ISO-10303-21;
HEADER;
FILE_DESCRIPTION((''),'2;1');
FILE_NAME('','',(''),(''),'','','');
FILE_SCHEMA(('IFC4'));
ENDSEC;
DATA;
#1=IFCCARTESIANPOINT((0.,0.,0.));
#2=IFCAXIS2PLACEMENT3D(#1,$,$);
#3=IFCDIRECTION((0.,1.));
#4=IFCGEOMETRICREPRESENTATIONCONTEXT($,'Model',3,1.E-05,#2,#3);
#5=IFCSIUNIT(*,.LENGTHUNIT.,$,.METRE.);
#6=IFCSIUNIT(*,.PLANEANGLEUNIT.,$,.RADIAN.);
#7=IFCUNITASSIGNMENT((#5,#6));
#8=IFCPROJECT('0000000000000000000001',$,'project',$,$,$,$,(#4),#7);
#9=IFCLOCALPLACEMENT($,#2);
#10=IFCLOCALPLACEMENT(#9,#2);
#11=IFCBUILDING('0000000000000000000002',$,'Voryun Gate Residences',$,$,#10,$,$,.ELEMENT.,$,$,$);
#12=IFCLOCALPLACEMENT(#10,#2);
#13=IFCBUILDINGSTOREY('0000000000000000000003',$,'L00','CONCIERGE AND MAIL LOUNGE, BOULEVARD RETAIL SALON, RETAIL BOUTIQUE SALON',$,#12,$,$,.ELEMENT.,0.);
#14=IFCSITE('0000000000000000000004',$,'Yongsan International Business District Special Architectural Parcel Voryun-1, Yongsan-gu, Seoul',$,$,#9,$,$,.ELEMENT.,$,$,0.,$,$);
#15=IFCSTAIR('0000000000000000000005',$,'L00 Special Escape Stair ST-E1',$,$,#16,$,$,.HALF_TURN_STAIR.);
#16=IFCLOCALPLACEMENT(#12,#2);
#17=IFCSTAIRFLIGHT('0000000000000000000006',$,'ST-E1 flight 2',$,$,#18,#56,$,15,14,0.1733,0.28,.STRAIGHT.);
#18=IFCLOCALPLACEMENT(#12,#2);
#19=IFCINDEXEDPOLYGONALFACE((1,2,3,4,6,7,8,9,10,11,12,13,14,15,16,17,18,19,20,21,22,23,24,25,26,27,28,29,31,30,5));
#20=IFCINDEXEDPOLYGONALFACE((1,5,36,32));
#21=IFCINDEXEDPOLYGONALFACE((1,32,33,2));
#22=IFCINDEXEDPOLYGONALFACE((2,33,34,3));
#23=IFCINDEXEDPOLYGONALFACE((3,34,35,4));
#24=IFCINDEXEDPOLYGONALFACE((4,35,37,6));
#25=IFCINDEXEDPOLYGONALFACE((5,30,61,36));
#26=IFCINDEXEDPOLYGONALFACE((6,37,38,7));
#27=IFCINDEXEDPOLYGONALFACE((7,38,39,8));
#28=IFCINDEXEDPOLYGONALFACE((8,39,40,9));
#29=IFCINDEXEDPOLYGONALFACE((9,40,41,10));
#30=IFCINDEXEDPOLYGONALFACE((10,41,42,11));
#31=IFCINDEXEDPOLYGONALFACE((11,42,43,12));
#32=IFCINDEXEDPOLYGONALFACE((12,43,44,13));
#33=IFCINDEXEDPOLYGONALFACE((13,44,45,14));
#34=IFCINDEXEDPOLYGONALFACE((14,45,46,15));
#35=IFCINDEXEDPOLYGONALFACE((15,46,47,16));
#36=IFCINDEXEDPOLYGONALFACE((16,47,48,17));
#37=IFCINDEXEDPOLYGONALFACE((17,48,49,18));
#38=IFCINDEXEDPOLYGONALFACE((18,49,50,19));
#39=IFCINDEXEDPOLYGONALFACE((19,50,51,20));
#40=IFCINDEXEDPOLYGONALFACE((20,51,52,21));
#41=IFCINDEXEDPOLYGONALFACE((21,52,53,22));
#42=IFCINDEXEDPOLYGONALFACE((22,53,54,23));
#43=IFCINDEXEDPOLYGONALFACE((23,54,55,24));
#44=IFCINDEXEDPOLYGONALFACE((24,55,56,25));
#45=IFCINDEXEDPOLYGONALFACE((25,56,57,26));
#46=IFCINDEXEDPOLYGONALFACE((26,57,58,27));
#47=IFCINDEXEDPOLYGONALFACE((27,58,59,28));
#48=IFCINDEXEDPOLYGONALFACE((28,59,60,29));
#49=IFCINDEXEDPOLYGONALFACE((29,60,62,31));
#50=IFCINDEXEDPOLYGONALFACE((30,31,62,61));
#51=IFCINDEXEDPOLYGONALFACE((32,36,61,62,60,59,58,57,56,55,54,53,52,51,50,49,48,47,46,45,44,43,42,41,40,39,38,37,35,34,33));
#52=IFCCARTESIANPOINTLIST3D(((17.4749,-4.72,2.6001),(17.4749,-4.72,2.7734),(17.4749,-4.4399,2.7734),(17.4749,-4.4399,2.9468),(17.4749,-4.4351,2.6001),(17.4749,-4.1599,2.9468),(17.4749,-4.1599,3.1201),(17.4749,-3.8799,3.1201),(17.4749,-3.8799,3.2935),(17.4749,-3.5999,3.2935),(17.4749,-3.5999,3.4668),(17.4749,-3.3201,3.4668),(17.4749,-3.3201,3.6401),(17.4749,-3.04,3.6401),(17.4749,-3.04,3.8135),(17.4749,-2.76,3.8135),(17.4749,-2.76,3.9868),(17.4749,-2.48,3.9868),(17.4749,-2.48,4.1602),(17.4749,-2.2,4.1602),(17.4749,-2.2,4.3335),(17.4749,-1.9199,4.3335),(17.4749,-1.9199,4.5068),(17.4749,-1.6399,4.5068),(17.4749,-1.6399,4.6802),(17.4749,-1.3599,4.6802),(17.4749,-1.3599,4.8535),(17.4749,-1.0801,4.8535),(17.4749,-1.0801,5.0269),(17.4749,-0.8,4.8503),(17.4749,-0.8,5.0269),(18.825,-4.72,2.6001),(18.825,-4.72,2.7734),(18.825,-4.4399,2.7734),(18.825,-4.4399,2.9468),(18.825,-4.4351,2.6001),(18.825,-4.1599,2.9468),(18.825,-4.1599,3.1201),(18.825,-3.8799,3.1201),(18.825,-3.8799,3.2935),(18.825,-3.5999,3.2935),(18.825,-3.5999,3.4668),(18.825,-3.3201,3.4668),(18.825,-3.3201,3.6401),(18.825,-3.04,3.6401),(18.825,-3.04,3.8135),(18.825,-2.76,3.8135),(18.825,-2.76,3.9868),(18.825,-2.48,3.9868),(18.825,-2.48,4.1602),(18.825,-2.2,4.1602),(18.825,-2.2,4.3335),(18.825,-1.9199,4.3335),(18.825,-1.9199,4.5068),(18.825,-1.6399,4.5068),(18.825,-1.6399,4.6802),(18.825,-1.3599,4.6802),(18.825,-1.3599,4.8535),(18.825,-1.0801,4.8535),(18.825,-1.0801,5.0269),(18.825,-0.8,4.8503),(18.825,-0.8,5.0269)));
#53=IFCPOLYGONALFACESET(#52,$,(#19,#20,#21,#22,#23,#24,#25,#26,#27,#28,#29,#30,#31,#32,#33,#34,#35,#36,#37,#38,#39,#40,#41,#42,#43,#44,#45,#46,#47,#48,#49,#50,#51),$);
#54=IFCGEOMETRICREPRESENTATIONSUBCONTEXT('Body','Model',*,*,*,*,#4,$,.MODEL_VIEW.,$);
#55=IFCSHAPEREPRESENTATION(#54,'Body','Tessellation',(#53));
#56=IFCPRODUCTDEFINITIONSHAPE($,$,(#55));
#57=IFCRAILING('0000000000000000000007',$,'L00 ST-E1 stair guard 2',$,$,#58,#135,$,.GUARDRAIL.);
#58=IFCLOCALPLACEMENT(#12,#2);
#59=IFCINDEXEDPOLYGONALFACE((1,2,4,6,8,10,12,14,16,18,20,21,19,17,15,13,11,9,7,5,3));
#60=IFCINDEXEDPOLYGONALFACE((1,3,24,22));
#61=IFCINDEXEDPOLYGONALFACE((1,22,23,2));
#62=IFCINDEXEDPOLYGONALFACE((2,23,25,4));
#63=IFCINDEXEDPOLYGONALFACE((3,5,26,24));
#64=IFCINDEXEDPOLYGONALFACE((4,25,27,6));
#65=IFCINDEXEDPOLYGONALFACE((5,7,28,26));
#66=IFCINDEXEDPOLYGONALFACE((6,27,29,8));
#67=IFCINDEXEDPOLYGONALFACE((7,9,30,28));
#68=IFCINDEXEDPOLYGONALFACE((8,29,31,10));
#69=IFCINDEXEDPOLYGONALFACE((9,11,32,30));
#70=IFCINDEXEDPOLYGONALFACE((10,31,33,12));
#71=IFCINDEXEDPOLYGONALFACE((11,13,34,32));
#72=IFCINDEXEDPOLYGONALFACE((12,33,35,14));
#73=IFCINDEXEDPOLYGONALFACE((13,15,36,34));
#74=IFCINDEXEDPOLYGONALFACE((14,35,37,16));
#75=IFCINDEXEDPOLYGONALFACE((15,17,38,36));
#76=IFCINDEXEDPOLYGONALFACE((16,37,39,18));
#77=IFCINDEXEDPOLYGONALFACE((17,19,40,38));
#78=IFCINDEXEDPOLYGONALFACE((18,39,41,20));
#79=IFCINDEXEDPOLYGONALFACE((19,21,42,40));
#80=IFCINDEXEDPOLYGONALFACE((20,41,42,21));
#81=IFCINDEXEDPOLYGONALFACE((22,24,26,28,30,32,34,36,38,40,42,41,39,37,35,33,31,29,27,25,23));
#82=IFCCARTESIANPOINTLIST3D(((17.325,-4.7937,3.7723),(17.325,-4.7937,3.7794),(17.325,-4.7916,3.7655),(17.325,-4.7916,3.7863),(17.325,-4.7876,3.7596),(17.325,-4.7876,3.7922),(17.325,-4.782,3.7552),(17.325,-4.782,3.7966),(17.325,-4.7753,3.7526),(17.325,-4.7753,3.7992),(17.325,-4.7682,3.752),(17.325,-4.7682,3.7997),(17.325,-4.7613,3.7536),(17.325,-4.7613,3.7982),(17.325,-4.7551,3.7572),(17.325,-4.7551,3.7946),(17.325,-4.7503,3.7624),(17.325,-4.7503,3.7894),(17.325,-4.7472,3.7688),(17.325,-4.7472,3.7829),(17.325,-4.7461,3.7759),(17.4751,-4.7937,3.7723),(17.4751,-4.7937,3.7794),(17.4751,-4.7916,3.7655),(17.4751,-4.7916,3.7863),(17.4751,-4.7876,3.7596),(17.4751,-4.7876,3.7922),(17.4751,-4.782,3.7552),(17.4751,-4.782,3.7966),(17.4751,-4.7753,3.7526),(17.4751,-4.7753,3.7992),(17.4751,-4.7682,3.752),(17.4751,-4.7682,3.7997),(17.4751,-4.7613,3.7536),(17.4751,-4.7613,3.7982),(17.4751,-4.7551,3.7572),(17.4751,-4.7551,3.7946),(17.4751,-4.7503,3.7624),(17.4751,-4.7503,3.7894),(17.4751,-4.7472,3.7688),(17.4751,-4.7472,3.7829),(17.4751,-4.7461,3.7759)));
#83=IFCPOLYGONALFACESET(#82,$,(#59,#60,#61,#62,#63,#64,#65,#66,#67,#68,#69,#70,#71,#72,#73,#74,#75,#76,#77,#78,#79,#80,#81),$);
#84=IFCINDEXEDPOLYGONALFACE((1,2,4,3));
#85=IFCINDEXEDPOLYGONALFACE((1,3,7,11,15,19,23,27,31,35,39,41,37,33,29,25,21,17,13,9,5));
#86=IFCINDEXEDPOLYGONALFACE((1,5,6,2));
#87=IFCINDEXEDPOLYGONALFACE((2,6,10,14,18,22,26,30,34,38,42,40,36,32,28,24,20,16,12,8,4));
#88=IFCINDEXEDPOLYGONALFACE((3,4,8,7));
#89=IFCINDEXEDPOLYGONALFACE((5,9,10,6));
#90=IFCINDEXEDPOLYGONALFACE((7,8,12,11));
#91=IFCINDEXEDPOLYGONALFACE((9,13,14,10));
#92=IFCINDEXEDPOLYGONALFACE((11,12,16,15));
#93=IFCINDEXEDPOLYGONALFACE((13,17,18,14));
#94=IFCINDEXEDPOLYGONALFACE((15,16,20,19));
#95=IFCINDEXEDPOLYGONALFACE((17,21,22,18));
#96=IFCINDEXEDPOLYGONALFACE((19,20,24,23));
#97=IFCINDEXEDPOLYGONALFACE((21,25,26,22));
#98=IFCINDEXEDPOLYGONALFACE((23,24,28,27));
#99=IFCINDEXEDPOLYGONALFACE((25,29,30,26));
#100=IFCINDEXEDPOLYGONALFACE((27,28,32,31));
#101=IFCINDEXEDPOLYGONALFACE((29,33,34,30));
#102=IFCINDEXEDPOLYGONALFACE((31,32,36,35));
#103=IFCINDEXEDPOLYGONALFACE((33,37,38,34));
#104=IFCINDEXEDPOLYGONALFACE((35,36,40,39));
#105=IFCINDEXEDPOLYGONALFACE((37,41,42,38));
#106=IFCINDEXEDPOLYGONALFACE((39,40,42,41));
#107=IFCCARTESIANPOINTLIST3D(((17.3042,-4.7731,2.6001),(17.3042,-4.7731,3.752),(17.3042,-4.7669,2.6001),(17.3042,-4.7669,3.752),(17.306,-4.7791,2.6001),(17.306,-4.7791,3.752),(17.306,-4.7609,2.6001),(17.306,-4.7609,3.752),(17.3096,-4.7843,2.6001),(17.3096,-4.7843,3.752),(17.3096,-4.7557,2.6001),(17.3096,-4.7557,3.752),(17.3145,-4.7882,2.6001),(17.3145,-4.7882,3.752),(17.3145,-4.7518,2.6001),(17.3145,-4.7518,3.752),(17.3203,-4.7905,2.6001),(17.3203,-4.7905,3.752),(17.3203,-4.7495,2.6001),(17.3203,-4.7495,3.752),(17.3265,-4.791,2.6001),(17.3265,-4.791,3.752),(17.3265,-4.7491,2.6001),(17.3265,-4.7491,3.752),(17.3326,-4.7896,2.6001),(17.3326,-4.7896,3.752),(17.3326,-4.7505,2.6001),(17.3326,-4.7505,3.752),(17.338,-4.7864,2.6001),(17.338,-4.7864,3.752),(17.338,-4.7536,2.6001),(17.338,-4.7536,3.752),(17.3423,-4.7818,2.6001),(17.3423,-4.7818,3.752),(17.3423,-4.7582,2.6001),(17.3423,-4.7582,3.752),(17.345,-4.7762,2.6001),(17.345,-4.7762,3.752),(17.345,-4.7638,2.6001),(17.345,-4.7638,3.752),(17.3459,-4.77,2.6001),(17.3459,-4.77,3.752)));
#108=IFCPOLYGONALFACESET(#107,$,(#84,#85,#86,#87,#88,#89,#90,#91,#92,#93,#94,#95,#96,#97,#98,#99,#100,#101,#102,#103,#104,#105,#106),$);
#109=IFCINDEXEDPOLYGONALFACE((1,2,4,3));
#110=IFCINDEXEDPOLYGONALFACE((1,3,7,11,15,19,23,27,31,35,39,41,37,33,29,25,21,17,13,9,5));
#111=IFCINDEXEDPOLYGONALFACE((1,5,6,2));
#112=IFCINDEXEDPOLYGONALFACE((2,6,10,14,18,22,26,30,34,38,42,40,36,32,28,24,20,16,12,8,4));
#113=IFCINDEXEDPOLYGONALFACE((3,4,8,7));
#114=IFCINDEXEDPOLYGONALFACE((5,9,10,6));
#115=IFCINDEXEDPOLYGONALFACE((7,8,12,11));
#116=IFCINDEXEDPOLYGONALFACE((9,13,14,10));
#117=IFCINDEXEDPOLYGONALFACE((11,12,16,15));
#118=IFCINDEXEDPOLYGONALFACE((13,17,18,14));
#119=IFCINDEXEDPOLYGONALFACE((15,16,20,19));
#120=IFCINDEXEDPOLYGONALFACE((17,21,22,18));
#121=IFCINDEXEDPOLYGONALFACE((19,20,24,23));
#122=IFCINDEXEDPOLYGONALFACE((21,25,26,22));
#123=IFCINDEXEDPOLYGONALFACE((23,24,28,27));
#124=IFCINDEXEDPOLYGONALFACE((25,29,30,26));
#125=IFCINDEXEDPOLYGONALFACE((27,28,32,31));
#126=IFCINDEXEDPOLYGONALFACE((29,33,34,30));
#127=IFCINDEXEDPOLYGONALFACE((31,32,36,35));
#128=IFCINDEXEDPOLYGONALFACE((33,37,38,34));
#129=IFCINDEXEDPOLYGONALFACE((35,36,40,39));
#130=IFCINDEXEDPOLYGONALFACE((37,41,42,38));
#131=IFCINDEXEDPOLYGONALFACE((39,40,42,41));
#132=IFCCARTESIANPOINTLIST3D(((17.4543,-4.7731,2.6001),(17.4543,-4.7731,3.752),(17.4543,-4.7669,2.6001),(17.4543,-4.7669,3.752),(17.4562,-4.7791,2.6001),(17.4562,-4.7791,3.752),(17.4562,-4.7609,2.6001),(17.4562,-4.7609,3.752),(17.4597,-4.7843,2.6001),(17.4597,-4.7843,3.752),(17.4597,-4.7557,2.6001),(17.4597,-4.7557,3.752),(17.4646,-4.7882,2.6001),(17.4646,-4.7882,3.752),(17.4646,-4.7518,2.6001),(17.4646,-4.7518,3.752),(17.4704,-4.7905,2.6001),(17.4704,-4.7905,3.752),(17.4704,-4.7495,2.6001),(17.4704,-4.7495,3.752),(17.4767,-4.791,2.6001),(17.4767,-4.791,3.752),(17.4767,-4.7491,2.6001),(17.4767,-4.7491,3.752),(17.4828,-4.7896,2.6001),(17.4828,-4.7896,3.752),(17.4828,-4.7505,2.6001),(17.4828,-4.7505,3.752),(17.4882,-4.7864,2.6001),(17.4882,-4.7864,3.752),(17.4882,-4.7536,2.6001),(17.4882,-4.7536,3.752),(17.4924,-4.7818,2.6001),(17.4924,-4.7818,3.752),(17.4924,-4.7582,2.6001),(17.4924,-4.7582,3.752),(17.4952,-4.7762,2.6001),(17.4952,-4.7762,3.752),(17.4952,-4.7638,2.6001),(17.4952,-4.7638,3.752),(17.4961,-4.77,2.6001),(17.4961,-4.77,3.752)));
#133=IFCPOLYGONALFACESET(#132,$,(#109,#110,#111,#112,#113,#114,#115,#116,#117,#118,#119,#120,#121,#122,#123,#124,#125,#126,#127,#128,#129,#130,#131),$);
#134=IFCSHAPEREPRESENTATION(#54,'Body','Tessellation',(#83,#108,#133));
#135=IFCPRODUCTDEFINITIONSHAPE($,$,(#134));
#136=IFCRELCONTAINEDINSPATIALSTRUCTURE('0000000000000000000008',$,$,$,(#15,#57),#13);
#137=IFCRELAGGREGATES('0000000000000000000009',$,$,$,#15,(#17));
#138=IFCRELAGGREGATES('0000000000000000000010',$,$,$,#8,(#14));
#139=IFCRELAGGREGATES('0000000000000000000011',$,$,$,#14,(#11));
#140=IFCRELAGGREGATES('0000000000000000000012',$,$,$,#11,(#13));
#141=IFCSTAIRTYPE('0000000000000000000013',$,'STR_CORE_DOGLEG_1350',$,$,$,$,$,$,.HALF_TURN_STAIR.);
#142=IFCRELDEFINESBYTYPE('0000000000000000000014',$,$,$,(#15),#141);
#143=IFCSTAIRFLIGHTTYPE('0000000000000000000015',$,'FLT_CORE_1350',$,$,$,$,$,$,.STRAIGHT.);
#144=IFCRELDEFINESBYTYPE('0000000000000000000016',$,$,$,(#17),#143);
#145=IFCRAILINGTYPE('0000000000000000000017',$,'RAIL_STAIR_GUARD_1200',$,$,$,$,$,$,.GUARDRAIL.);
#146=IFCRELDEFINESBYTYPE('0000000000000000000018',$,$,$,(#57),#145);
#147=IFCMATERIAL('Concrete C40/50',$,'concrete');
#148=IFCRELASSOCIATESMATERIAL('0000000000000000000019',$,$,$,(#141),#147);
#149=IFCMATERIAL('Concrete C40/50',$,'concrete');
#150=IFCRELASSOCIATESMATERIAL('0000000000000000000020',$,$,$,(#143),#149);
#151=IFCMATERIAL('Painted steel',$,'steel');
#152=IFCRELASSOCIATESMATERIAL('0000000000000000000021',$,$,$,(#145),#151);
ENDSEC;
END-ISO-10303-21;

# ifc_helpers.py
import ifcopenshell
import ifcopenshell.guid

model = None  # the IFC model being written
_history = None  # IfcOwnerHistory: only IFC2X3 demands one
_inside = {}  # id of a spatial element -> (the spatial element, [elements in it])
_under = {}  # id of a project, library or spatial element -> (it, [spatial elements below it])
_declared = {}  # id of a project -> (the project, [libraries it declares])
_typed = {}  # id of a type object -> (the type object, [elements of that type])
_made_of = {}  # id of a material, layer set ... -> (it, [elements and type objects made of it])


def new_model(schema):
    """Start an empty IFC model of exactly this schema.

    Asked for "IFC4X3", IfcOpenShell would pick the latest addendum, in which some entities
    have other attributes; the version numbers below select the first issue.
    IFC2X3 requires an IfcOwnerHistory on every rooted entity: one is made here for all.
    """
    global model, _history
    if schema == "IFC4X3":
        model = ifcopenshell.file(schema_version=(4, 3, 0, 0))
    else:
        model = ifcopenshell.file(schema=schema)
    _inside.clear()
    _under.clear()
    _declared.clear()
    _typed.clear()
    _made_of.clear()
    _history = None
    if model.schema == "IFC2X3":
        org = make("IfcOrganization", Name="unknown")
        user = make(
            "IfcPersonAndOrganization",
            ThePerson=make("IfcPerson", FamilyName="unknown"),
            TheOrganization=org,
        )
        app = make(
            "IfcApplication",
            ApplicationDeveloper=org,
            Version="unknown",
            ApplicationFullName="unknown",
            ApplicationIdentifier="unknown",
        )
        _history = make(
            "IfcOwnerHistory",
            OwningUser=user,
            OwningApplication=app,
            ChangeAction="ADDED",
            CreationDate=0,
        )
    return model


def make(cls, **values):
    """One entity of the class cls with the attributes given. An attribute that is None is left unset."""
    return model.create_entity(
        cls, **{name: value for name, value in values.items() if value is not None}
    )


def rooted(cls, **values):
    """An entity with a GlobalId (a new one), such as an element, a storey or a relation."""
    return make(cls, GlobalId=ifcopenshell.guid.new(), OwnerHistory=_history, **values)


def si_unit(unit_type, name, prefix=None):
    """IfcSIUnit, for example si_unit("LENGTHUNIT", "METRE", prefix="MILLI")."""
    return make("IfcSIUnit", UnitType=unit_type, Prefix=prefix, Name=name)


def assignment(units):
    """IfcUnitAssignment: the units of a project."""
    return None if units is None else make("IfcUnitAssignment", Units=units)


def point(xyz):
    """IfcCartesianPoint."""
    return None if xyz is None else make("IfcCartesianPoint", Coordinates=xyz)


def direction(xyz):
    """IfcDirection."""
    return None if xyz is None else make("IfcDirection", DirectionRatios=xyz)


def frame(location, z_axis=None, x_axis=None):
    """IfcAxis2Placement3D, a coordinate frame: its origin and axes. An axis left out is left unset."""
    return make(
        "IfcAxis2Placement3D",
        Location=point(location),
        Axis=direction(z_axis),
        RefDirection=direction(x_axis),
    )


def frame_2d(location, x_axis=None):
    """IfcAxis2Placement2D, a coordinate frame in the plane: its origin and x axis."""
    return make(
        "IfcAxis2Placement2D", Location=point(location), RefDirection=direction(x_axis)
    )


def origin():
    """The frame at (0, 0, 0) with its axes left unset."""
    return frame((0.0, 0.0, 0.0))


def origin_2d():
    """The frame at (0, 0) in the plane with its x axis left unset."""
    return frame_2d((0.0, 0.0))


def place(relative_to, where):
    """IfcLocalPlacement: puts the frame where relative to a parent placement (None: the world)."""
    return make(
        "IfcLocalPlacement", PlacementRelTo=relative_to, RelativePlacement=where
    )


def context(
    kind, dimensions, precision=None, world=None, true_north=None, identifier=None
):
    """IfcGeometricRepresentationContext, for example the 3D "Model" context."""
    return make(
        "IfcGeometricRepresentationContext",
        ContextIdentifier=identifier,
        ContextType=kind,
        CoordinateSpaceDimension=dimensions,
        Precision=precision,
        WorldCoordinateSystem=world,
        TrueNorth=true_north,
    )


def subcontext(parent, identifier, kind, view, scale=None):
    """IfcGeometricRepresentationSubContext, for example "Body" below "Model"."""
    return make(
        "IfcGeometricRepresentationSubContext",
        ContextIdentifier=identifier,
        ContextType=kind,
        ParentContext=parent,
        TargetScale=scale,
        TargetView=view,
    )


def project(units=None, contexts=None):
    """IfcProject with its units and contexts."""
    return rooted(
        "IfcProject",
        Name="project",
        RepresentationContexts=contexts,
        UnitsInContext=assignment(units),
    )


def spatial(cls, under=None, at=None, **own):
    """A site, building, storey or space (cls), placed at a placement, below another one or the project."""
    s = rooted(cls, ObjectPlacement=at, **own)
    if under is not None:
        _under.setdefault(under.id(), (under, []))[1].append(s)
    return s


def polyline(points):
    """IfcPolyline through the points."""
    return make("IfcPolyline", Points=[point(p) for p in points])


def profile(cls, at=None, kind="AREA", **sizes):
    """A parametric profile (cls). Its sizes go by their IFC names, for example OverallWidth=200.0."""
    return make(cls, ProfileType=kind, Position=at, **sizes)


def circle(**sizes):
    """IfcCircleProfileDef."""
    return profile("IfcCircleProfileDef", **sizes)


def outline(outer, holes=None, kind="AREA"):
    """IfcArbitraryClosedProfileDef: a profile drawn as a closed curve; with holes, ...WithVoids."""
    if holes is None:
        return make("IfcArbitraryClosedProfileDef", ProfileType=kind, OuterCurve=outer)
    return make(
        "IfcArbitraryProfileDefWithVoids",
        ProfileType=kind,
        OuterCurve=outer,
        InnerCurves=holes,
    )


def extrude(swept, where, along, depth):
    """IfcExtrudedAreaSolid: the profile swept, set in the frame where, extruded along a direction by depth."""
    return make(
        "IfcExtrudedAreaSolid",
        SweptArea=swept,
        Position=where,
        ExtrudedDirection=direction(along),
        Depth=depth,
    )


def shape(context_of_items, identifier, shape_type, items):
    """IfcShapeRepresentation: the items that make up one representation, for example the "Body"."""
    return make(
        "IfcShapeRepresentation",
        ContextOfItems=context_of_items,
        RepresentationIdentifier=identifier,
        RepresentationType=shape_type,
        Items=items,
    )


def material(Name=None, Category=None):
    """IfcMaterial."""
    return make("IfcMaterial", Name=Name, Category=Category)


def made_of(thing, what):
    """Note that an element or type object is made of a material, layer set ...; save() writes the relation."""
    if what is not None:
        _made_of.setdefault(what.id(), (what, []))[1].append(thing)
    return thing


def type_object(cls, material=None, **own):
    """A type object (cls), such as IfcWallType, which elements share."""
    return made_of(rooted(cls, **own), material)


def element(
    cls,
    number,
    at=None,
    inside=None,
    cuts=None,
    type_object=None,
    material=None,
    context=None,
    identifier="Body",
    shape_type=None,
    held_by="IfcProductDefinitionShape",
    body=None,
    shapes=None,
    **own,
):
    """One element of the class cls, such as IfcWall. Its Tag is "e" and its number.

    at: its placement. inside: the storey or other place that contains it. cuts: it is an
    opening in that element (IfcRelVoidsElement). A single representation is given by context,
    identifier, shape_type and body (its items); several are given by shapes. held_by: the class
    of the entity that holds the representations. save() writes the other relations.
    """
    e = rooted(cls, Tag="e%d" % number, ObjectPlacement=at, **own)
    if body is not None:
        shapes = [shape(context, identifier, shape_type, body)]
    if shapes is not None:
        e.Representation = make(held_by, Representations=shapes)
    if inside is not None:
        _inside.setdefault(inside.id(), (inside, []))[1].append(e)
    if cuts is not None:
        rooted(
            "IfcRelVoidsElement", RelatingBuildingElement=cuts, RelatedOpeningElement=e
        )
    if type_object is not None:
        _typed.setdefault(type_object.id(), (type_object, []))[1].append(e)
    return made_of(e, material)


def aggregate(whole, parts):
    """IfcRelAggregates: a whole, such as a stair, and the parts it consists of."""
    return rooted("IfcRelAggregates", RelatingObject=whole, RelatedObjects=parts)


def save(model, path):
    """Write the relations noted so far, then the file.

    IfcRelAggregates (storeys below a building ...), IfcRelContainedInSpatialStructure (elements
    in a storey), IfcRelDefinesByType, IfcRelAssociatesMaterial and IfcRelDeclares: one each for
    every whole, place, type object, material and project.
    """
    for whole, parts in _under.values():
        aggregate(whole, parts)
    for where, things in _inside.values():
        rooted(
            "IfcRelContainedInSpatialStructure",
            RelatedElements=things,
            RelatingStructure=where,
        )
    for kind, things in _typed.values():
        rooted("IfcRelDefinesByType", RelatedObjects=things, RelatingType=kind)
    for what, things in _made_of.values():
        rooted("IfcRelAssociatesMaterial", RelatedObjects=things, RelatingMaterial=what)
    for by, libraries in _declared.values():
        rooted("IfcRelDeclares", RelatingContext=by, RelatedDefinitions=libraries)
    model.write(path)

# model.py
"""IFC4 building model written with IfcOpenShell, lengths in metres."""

from ifc_helpers import new_model, si_unit, direction, frame, origin, origin_2d, place, context, subcontext, project, spatial, polyline, circle, outline, extrude, material, type_object, element, aggregate, save


model = new_model("IFC4")

# Units and contexts
model_context = context("Model", 3, precision=1e-05, world=origin(), true_north=direction((0.0, 1.0)))
body_context = subcontext(model_context, "Body", "Model", "MODEL_VIEW")
ifc_project = project(units=[si_unit("LENGTHUNIT", "METRE"), si_unit("PLANEANGLEUNIT", "RADIAN")], contexts=[model_context])

# Site, building, storey
site_placement = place(None, origin())
site = spatial("IfcSite", under=ifc_project, at=site_placement, Name="Yongsan International Business District Special Architectural Parcel Voryun-1, Yongsan-gu, Seoul", CompositionType="ELEMENT", RefElevation=0.0)
building_placement = place(site_placement, origin())
building = spatial("IfcBuilding", under=site, at=building_placement, Name="Voryun Gate Residences", CompositionType="ELEMENT")
storey_placement = place(building_placement, origin())
storey = spatial("IfcBuildingStorey", under=building, at=storey_placement, Name="L00", Description="CONCIERGE AND MAIL LOUNGE, BOULEVARD RETAIL SALON, RETAIL BOUTIQUE SALON", CompositionType="ELEMENT", Elevation=0.0)

# Stair, stair flight
ifc_material_1 = material(Name="Concrete C40/50", Category="concrete")
stair_type = type_object("IfcStairType", Name="STR_CORE_DOGLEG_1350", PredefinedType="HALF_TURN_STAIR", material=ifc_material_1)
stair_placement = place(storey_placement, origin())
stair = element("IfcStair", 1, at=stair_placement, inside=storey, type_object=stair_type, Name="L00 Special Escape Stair ST-E1", PredefinedType="HALF_TURN_STAIR")
ifc_material_2 = material(Name="Concrete C40/50", Category="concrete")
stair_flight_type = type_object("IfcStairFlightType", Name="FLT_CORE_1350", PredefinedType="STRAIGHT", material=ifc_material_2)
stair_flight_placement = place(storey_placement, frame((18.1499, -4.72, 2.6001), z_axis=(0.0, 0.0, 1.0), x_axis=(0.0, 1.0, 0.0)))
stair_flight = element("IfcStairFlight", 2, at=stair_flight_placement, type_object=stair_flight_type, Name="ST-E1 flight 2", NumberOfRisers=15, NumberOfTreads=14, PredefinedType="STRAIGHT", RiserHeight=0.1733, TreadLength=0.28, context=body_context, shape_type="SweptSolid", body=[
    extrude(outline(polyline([(0.0, 0.0), (0.0, 0.1733), (0.28, 0.1733), (0.28, 0.3467), (0.5601, 0.3467), (0.5601, 0.52), (0.8401, 0.52), (0.8401, 0.6934), (1.1201, 0.6934), (1.1201, 0.8667), (1.3999, 0.8667), (1.3999, 1.04), (1.6799, 1.04), (1.6799, 1.2134), (1.96, 1.2134), (1.96, 1.3867), (2.24, 1.3867), (2.24, 1.5601), (2.52, 1.5601), (2.52, 1.7334), (2.8, 1.7334), (2.8, 1.9067), (3.0801, 1.9067), (3.0801, 2.0801), (3.3601, 2.0801), (3.3601, 2.2534), (3.6399, 2.2534), (3.6399, 2.4268), (3.9199, 2.4268), (3.9199, 2.6001), (3.9199, 2.2502), (0.2849, 0.0), (0.0, 0.0)])), frame((0.0, 0.675, 0.0), z_axis=(0.0, -1.0, 0.0), x_axis=(1.0, 0.0, 0.0)), (0.0, 0.0, 1.0), 1.3501),
])
aggregate(stair, [stair_flight])

# Railing
ifc_material_3 = material(Name="Painted steel", Category="steel")
railing_type_1 = type_object("IfcRailingType", Name="RAIL_STAIR_GUARD_1200", PredefinedType="GUARDRAIL", material=ifc_material_3)
railing_1_placement = place(storey_placement, frame((17.325, -4.77, 2.6001)))
element("IfcRailing", 3, at=railing_1_placement, inside=storey, type_object=railing_type_1, Name="L00 ST-E1 stair guard 2", PredefinedType="GUARDRAIL", context=body_context, shape_type="SweptSolid", body=[
    extrude(circle(Radius=0.0239, at=origin_2d()), frame((0.0, 0.0, 1.1758), z_axis=(1.0, 0.0, 0.0), x_axis=(0.0, 1.0, 0.0)), (0.0, 0.0, 1.0), 0.1501),
    extrude(circle(Radius=0.021, at=origin_2d()), origin(), (0.0, 0.0, 1.0), 1.1519),
    extrude(circle(Radius=0.021, at=origin_2d()), frame((0.1501, 0.0, 0.0)), (0.0, 0.0, 1.0), 1.1519),
])

save(model, "model.ifc")
